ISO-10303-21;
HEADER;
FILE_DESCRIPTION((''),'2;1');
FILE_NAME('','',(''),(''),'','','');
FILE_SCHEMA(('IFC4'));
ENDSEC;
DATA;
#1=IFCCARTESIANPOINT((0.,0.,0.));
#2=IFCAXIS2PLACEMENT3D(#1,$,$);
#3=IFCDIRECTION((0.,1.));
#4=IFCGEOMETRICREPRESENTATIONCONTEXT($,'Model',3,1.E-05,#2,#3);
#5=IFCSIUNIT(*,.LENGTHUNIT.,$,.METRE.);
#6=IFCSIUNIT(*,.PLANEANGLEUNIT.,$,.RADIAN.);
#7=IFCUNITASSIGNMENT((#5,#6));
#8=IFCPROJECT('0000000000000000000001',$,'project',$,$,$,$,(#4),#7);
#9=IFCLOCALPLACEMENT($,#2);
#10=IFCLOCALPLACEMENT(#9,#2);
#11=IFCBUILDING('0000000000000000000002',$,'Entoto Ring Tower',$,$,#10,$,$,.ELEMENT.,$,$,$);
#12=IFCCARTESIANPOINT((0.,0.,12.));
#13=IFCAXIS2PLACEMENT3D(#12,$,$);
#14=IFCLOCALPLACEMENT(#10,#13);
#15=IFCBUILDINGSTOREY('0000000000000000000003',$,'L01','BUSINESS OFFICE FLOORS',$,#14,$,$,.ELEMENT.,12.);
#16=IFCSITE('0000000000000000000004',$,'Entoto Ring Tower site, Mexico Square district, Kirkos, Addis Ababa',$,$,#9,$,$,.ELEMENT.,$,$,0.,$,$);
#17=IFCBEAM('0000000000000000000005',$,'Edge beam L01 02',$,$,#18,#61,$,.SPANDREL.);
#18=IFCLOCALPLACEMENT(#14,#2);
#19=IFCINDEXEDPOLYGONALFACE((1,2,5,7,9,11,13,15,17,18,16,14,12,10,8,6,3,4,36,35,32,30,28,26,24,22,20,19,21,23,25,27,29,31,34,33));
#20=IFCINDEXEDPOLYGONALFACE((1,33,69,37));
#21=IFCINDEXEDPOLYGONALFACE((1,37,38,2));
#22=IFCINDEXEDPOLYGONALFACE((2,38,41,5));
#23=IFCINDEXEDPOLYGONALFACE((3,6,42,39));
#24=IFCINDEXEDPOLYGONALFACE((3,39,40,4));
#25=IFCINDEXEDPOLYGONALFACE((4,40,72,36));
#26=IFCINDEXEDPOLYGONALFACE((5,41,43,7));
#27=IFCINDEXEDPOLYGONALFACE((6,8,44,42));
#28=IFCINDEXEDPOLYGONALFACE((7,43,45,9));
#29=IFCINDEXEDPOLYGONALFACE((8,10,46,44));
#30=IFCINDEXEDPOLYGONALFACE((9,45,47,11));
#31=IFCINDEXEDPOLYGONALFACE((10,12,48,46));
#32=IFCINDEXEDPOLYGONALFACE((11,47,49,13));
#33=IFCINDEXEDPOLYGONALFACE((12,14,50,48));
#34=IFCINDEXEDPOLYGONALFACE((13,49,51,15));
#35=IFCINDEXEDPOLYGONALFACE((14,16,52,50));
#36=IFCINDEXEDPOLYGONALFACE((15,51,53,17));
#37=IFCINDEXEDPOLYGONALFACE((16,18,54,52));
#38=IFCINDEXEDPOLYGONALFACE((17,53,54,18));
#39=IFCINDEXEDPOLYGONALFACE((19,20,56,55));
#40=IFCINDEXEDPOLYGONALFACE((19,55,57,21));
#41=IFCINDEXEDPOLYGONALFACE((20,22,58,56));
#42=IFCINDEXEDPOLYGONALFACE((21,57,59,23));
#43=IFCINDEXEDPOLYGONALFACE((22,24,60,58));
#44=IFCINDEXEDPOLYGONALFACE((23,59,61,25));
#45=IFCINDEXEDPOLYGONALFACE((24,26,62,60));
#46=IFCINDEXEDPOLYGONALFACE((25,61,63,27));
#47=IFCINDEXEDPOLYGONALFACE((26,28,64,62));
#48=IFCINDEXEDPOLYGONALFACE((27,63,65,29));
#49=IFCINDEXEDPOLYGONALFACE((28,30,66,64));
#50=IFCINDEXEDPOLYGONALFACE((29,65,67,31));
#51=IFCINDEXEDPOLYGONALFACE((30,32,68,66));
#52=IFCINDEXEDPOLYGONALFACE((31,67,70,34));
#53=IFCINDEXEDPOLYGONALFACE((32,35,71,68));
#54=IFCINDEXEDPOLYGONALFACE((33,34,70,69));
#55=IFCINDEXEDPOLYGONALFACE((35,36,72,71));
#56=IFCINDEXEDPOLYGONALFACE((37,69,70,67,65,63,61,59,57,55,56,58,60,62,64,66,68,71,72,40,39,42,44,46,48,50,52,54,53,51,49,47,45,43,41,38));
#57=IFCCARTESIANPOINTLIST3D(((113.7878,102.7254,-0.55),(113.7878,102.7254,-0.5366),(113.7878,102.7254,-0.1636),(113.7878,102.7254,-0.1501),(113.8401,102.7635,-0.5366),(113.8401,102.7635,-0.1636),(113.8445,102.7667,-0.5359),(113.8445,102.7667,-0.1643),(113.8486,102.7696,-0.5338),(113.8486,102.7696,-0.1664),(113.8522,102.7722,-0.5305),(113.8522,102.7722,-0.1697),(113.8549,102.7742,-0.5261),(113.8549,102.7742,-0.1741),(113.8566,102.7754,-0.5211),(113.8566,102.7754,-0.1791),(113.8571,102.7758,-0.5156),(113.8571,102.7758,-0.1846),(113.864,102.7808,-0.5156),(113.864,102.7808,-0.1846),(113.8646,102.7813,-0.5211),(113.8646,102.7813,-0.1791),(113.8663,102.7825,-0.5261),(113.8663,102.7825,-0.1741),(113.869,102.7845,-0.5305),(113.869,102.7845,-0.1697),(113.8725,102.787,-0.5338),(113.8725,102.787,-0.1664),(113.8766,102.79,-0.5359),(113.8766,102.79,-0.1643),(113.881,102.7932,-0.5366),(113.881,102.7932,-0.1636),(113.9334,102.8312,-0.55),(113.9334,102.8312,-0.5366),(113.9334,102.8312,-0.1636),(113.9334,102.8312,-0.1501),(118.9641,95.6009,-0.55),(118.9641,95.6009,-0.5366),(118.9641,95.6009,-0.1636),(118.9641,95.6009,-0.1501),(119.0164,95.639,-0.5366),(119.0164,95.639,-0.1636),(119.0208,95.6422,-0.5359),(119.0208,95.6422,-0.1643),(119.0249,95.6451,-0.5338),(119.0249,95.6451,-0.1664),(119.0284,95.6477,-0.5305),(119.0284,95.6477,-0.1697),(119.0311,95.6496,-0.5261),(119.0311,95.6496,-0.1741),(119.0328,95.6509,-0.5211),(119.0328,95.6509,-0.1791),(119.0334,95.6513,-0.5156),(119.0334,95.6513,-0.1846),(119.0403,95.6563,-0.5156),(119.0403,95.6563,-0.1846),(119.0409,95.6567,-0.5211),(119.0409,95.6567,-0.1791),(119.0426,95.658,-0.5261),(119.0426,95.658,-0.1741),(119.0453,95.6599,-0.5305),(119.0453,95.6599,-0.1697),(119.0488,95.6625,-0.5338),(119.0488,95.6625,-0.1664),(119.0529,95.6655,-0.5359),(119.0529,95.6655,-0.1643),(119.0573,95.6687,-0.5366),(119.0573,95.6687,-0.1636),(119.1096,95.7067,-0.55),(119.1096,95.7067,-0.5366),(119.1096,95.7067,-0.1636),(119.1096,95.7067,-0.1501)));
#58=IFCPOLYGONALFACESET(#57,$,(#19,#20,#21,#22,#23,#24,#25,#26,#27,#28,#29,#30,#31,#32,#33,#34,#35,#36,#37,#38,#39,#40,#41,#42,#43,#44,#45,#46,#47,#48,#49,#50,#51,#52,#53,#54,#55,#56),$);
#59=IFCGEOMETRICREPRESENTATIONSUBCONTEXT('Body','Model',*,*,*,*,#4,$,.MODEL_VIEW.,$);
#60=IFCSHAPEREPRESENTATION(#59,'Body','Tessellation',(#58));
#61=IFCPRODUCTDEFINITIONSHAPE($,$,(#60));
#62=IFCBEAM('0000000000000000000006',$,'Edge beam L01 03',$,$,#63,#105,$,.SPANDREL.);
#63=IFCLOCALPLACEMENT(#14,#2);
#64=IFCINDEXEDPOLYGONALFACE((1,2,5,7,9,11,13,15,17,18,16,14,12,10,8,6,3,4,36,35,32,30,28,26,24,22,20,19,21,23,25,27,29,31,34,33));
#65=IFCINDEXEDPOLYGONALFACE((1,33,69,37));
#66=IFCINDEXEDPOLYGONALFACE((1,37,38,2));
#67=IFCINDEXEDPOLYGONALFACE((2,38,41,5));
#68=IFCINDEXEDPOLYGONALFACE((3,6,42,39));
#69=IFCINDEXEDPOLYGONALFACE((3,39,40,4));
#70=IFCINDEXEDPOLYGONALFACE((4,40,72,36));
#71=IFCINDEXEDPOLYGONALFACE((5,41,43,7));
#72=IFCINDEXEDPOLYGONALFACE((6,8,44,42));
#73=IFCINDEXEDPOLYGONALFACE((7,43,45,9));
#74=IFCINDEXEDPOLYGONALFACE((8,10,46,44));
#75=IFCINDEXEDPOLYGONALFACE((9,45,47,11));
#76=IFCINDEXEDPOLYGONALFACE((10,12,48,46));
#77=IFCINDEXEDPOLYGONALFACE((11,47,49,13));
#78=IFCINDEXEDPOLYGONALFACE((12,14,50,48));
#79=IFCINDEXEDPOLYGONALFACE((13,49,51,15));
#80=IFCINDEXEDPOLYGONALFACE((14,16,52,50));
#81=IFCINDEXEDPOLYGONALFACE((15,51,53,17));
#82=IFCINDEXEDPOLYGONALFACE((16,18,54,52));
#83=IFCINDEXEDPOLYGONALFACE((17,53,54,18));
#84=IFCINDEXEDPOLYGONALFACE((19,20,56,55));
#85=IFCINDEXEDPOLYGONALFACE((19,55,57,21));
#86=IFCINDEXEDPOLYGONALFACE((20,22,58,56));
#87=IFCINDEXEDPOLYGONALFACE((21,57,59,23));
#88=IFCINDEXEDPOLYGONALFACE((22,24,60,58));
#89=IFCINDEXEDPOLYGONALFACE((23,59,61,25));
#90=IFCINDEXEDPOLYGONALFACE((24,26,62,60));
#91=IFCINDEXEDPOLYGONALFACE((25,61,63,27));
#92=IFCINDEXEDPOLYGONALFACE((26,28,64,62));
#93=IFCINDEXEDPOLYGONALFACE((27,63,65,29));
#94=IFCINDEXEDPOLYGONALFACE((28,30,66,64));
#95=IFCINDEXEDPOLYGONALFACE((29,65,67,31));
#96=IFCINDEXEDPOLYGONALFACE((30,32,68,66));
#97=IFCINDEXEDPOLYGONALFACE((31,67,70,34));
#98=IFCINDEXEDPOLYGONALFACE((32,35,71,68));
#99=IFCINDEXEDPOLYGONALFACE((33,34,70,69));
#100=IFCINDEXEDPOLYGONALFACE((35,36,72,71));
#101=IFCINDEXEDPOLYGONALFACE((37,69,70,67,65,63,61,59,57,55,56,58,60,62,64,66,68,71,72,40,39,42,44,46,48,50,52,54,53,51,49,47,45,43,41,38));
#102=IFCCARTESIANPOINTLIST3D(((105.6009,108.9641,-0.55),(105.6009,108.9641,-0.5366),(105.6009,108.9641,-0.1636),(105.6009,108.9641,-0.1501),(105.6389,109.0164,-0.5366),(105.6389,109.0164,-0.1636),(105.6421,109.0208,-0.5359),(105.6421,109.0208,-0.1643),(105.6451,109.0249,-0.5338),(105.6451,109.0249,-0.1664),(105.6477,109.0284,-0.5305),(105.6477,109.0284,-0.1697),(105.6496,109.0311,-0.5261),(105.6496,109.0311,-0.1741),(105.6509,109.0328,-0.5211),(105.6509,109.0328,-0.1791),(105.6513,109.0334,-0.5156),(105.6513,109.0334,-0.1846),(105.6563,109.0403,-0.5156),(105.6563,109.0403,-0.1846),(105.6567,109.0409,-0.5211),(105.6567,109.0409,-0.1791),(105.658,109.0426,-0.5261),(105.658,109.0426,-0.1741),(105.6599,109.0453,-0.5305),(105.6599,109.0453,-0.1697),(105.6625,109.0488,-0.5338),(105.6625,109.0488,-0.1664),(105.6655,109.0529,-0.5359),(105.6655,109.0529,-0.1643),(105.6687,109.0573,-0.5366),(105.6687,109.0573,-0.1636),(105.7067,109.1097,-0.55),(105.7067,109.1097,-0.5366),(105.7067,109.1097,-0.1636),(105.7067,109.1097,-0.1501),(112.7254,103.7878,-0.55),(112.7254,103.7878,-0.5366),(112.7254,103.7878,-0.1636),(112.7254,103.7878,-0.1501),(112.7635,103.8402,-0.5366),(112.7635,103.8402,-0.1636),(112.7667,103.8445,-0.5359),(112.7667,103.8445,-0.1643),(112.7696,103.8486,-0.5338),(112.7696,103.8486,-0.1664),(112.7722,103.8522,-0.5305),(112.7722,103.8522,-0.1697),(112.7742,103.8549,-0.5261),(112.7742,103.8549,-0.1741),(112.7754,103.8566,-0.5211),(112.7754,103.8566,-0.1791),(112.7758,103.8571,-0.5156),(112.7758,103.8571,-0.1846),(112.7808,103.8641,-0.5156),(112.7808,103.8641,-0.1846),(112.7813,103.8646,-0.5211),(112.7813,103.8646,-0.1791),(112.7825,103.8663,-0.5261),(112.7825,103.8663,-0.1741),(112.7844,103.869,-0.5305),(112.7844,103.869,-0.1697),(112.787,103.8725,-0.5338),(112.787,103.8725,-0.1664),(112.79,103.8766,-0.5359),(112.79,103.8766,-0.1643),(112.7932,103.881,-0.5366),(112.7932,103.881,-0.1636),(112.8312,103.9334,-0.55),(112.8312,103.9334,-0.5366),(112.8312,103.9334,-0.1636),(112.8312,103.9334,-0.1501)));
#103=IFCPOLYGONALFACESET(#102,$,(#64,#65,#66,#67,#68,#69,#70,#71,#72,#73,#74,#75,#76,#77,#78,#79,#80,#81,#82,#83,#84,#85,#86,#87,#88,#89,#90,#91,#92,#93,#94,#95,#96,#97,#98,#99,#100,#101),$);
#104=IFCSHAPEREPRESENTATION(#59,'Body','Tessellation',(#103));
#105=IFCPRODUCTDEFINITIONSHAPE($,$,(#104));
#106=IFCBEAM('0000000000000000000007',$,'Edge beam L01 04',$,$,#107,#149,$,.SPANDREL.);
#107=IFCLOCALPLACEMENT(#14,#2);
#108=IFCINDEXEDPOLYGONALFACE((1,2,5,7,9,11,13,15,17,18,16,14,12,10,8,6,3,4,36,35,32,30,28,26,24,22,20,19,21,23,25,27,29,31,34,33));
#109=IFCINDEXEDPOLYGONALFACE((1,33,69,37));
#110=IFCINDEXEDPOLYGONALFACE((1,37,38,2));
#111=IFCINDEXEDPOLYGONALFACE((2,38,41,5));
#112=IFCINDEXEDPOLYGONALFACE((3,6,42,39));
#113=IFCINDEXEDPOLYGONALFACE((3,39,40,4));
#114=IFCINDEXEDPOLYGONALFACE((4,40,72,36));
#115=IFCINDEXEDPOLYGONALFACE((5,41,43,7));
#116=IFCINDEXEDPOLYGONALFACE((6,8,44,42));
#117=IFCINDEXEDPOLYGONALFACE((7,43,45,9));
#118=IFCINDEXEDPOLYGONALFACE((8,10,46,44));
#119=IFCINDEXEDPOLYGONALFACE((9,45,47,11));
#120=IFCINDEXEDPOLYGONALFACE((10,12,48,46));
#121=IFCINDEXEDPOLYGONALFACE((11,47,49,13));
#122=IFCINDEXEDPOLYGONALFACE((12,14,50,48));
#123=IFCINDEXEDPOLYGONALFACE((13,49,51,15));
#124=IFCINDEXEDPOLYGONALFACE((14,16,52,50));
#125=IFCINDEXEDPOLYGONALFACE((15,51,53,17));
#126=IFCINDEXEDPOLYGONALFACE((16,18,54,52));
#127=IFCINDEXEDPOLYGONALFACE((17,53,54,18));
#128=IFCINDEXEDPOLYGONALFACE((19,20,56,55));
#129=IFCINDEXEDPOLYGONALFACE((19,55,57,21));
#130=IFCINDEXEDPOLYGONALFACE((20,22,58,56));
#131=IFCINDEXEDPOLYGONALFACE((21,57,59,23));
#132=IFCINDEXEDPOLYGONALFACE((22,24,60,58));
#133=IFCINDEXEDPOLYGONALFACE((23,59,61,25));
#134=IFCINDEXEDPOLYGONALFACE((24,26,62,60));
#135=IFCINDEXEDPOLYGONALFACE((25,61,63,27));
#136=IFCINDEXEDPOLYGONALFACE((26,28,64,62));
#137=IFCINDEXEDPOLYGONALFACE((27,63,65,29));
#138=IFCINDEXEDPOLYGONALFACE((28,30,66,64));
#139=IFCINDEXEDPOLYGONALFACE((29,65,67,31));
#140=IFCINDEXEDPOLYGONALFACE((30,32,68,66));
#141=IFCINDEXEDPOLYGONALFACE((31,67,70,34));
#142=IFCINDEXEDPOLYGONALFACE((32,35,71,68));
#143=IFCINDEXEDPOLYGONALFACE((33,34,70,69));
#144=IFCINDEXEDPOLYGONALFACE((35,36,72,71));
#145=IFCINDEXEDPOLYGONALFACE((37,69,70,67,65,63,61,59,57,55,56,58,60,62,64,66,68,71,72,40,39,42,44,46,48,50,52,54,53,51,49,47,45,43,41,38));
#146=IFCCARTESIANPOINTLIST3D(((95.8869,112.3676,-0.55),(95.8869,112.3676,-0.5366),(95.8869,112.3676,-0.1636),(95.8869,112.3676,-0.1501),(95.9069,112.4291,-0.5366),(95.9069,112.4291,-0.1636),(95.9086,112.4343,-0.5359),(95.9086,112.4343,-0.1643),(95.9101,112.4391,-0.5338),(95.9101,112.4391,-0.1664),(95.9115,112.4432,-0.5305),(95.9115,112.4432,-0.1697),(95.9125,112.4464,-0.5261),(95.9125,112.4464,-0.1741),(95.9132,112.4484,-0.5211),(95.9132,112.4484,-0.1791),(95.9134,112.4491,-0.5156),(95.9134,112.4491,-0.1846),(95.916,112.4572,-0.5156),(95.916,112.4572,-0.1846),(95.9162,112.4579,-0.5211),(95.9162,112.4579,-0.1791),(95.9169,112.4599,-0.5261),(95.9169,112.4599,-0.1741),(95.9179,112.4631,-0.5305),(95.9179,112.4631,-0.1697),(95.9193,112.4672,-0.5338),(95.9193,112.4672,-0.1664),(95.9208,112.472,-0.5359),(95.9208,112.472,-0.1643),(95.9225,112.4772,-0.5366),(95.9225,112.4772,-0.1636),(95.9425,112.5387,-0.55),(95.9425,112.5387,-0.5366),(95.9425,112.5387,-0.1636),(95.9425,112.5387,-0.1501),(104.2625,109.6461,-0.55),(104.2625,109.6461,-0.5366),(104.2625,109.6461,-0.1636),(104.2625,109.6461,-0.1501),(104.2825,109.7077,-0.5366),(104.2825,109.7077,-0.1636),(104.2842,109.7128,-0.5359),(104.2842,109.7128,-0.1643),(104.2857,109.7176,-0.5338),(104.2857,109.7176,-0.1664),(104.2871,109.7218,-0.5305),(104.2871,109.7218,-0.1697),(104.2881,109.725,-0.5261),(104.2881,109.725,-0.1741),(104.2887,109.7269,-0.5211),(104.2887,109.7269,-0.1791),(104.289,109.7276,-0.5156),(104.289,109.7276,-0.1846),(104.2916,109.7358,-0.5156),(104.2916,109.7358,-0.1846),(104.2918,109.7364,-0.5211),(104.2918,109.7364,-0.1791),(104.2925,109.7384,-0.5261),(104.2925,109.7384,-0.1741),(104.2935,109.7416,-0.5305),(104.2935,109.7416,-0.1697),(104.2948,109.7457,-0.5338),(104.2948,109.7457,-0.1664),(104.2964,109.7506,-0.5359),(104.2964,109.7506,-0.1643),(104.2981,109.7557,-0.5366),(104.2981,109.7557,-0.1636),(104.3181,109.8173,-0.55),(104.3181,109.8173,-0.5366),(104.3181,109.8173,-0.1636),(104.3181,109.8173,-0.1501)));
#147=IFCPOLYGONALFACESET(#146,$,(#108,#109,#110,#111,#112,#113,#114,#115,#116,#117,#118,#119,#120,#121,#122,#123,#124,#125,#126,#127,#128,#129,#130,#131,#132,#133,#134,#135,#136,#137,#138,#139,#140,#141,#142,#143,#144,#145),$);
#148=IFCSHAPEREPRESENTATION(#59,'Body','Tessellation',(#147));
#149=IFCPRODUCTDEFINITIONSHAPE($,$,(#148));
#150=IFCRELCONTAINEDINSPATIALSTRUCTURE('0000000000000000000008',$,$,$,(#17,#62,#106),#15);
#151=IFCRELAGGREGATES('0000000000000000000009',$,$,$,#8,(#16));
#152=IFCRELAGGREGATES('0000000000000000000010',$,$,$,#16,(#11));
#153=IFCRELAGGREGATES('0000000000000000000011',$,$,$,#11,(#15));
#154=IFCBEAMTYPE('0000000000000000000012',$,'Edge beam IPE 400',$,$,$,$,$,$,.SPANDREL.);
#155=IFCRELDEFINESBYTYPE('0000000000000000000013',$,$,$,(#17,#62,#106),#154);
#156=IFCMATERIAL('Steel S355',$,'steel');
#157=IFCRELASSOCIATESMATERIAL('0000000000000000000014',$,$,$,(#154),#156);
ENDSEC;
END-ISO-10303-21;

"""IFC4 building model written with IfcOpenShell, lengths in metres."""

from ifc_helpers import new_model, si_unit, direction, frame, origin, origin_2d, place, context, subcontext, project, spatial, i_section, extrude, material, material_profile, profile_set, type_object, element, save


model = new_model("IFC4")

# Units and contexts
model_context = context("Model", 3, precision=1e-05, world=origin(), true_north=direction((0.0, 1.0)))
body_context = subcontext(model_context, "Body", "Model", "MODEL_VIEW")
ifc_project = project(units=[si_unit("LENGTHUNIT", "METRE"), si_unit("PLANEANGLEUNIT", "RADIAN")], contexts=[model_context])

# Site, building, storey
site_placement = place(None, origin())
site = spatial("IfcSite", under=ifc_project, at=site_placement, Name="Entoto Ring Tower site, Mexico Square district, Kirkos, Addis Ababa", CompositionType="ELEMENT", RefElevation=0.0)
building_placement = place(site_placement, origin())
building = spatial("IfcBuilding", under=site, at=building_placement, Name="Entoto Ring Tower", CompositionType="ELEMENT")
storey_placement = place(building_placement, frame((0.0, 0.0, 12.0)))
storey = spatial("IfcBuildingStorey", under=building, at=storey_placement, Name="L01", Description="BUSINESS OFFICE FLOORS", CompositionType="ELEMENT", Elevation=12.0)

# Beams
ifc_material_1 = material(Name="Steel S355", Category="steel")
ifc_material_profile_1 = material_profile(ifc_material_1, i_section(OverallWidth=0.1799, OverallDepth=0.3999, WebThickness=0.0085, FlangeThickness=0.0134, FilletRadius=0.021, at=origin_2d()), Name="IPE 400")
ifc_profile_set_1 = profile_set([ifc_material_profile_1], Name="Steel S355")
beam_type = type_object("IfcBeamType", Name="Edge beam IPE 400", PredefinedType="SPANDREL", material=ifc_profile_set_1)
for number, where, z_axis, x_axis, name in (
    (1, (119.0369, 95.6538, -0.3501), (-0.587786, 0.809017, 0.0), (-0.809017, -0.587786, 0.0), "Edge beam L01 02"),
    (2, (112.7783, 103.8606, -0.3501), (-0.809017, 0.587786, 0.0), (-0.587786, -0.809017, 0.0), "Edge beam L01 03"),
):
    element("IfcBeam", number, at=place(storey_placement, frame(where, z_axis=z_axis, x_axis=x_axis)), inside=storey, type_object=beam_type, Name=name, PredefinedType="SPANDREL", context=body_context, shape_type="SweptSolid", body=[
        extrude(i_section(OverallWidth=0.1799, OverallDepth=0.3999, WebThickness=0.0085, FlangeThickness=0.0134, FilletRadius=0.021, at=origin_2d()), origin(), (0.0, 0.0, 1.0), 8.8064),
    ])
beam_placement = place(storey_placement, frame((104.2903, 109.7317, -0.3501), z_axis=(-0.951054, 0.309025, 0.0), x_axis=(-0.309025, -0.951054, 0.0)))
element("IfcBeam", 3, at=beam_placement, inside=storey, type_object=beam_type, Name="Edge beam L01 04", PredefinedType="SPANDREL", context=body_context, shape_type="SweptSolid", body=[
    extrude(i_section(OverallWidth=0.1799, OverallDepth=0.3999, WebThickness=0.0085, FlangeThickness=0.0134, FilletRadius=0.021, at=origin_2d()), origin(), (0.0, 0.0, 1.0), 8.8066),
])

save(model, "model.ifc")
